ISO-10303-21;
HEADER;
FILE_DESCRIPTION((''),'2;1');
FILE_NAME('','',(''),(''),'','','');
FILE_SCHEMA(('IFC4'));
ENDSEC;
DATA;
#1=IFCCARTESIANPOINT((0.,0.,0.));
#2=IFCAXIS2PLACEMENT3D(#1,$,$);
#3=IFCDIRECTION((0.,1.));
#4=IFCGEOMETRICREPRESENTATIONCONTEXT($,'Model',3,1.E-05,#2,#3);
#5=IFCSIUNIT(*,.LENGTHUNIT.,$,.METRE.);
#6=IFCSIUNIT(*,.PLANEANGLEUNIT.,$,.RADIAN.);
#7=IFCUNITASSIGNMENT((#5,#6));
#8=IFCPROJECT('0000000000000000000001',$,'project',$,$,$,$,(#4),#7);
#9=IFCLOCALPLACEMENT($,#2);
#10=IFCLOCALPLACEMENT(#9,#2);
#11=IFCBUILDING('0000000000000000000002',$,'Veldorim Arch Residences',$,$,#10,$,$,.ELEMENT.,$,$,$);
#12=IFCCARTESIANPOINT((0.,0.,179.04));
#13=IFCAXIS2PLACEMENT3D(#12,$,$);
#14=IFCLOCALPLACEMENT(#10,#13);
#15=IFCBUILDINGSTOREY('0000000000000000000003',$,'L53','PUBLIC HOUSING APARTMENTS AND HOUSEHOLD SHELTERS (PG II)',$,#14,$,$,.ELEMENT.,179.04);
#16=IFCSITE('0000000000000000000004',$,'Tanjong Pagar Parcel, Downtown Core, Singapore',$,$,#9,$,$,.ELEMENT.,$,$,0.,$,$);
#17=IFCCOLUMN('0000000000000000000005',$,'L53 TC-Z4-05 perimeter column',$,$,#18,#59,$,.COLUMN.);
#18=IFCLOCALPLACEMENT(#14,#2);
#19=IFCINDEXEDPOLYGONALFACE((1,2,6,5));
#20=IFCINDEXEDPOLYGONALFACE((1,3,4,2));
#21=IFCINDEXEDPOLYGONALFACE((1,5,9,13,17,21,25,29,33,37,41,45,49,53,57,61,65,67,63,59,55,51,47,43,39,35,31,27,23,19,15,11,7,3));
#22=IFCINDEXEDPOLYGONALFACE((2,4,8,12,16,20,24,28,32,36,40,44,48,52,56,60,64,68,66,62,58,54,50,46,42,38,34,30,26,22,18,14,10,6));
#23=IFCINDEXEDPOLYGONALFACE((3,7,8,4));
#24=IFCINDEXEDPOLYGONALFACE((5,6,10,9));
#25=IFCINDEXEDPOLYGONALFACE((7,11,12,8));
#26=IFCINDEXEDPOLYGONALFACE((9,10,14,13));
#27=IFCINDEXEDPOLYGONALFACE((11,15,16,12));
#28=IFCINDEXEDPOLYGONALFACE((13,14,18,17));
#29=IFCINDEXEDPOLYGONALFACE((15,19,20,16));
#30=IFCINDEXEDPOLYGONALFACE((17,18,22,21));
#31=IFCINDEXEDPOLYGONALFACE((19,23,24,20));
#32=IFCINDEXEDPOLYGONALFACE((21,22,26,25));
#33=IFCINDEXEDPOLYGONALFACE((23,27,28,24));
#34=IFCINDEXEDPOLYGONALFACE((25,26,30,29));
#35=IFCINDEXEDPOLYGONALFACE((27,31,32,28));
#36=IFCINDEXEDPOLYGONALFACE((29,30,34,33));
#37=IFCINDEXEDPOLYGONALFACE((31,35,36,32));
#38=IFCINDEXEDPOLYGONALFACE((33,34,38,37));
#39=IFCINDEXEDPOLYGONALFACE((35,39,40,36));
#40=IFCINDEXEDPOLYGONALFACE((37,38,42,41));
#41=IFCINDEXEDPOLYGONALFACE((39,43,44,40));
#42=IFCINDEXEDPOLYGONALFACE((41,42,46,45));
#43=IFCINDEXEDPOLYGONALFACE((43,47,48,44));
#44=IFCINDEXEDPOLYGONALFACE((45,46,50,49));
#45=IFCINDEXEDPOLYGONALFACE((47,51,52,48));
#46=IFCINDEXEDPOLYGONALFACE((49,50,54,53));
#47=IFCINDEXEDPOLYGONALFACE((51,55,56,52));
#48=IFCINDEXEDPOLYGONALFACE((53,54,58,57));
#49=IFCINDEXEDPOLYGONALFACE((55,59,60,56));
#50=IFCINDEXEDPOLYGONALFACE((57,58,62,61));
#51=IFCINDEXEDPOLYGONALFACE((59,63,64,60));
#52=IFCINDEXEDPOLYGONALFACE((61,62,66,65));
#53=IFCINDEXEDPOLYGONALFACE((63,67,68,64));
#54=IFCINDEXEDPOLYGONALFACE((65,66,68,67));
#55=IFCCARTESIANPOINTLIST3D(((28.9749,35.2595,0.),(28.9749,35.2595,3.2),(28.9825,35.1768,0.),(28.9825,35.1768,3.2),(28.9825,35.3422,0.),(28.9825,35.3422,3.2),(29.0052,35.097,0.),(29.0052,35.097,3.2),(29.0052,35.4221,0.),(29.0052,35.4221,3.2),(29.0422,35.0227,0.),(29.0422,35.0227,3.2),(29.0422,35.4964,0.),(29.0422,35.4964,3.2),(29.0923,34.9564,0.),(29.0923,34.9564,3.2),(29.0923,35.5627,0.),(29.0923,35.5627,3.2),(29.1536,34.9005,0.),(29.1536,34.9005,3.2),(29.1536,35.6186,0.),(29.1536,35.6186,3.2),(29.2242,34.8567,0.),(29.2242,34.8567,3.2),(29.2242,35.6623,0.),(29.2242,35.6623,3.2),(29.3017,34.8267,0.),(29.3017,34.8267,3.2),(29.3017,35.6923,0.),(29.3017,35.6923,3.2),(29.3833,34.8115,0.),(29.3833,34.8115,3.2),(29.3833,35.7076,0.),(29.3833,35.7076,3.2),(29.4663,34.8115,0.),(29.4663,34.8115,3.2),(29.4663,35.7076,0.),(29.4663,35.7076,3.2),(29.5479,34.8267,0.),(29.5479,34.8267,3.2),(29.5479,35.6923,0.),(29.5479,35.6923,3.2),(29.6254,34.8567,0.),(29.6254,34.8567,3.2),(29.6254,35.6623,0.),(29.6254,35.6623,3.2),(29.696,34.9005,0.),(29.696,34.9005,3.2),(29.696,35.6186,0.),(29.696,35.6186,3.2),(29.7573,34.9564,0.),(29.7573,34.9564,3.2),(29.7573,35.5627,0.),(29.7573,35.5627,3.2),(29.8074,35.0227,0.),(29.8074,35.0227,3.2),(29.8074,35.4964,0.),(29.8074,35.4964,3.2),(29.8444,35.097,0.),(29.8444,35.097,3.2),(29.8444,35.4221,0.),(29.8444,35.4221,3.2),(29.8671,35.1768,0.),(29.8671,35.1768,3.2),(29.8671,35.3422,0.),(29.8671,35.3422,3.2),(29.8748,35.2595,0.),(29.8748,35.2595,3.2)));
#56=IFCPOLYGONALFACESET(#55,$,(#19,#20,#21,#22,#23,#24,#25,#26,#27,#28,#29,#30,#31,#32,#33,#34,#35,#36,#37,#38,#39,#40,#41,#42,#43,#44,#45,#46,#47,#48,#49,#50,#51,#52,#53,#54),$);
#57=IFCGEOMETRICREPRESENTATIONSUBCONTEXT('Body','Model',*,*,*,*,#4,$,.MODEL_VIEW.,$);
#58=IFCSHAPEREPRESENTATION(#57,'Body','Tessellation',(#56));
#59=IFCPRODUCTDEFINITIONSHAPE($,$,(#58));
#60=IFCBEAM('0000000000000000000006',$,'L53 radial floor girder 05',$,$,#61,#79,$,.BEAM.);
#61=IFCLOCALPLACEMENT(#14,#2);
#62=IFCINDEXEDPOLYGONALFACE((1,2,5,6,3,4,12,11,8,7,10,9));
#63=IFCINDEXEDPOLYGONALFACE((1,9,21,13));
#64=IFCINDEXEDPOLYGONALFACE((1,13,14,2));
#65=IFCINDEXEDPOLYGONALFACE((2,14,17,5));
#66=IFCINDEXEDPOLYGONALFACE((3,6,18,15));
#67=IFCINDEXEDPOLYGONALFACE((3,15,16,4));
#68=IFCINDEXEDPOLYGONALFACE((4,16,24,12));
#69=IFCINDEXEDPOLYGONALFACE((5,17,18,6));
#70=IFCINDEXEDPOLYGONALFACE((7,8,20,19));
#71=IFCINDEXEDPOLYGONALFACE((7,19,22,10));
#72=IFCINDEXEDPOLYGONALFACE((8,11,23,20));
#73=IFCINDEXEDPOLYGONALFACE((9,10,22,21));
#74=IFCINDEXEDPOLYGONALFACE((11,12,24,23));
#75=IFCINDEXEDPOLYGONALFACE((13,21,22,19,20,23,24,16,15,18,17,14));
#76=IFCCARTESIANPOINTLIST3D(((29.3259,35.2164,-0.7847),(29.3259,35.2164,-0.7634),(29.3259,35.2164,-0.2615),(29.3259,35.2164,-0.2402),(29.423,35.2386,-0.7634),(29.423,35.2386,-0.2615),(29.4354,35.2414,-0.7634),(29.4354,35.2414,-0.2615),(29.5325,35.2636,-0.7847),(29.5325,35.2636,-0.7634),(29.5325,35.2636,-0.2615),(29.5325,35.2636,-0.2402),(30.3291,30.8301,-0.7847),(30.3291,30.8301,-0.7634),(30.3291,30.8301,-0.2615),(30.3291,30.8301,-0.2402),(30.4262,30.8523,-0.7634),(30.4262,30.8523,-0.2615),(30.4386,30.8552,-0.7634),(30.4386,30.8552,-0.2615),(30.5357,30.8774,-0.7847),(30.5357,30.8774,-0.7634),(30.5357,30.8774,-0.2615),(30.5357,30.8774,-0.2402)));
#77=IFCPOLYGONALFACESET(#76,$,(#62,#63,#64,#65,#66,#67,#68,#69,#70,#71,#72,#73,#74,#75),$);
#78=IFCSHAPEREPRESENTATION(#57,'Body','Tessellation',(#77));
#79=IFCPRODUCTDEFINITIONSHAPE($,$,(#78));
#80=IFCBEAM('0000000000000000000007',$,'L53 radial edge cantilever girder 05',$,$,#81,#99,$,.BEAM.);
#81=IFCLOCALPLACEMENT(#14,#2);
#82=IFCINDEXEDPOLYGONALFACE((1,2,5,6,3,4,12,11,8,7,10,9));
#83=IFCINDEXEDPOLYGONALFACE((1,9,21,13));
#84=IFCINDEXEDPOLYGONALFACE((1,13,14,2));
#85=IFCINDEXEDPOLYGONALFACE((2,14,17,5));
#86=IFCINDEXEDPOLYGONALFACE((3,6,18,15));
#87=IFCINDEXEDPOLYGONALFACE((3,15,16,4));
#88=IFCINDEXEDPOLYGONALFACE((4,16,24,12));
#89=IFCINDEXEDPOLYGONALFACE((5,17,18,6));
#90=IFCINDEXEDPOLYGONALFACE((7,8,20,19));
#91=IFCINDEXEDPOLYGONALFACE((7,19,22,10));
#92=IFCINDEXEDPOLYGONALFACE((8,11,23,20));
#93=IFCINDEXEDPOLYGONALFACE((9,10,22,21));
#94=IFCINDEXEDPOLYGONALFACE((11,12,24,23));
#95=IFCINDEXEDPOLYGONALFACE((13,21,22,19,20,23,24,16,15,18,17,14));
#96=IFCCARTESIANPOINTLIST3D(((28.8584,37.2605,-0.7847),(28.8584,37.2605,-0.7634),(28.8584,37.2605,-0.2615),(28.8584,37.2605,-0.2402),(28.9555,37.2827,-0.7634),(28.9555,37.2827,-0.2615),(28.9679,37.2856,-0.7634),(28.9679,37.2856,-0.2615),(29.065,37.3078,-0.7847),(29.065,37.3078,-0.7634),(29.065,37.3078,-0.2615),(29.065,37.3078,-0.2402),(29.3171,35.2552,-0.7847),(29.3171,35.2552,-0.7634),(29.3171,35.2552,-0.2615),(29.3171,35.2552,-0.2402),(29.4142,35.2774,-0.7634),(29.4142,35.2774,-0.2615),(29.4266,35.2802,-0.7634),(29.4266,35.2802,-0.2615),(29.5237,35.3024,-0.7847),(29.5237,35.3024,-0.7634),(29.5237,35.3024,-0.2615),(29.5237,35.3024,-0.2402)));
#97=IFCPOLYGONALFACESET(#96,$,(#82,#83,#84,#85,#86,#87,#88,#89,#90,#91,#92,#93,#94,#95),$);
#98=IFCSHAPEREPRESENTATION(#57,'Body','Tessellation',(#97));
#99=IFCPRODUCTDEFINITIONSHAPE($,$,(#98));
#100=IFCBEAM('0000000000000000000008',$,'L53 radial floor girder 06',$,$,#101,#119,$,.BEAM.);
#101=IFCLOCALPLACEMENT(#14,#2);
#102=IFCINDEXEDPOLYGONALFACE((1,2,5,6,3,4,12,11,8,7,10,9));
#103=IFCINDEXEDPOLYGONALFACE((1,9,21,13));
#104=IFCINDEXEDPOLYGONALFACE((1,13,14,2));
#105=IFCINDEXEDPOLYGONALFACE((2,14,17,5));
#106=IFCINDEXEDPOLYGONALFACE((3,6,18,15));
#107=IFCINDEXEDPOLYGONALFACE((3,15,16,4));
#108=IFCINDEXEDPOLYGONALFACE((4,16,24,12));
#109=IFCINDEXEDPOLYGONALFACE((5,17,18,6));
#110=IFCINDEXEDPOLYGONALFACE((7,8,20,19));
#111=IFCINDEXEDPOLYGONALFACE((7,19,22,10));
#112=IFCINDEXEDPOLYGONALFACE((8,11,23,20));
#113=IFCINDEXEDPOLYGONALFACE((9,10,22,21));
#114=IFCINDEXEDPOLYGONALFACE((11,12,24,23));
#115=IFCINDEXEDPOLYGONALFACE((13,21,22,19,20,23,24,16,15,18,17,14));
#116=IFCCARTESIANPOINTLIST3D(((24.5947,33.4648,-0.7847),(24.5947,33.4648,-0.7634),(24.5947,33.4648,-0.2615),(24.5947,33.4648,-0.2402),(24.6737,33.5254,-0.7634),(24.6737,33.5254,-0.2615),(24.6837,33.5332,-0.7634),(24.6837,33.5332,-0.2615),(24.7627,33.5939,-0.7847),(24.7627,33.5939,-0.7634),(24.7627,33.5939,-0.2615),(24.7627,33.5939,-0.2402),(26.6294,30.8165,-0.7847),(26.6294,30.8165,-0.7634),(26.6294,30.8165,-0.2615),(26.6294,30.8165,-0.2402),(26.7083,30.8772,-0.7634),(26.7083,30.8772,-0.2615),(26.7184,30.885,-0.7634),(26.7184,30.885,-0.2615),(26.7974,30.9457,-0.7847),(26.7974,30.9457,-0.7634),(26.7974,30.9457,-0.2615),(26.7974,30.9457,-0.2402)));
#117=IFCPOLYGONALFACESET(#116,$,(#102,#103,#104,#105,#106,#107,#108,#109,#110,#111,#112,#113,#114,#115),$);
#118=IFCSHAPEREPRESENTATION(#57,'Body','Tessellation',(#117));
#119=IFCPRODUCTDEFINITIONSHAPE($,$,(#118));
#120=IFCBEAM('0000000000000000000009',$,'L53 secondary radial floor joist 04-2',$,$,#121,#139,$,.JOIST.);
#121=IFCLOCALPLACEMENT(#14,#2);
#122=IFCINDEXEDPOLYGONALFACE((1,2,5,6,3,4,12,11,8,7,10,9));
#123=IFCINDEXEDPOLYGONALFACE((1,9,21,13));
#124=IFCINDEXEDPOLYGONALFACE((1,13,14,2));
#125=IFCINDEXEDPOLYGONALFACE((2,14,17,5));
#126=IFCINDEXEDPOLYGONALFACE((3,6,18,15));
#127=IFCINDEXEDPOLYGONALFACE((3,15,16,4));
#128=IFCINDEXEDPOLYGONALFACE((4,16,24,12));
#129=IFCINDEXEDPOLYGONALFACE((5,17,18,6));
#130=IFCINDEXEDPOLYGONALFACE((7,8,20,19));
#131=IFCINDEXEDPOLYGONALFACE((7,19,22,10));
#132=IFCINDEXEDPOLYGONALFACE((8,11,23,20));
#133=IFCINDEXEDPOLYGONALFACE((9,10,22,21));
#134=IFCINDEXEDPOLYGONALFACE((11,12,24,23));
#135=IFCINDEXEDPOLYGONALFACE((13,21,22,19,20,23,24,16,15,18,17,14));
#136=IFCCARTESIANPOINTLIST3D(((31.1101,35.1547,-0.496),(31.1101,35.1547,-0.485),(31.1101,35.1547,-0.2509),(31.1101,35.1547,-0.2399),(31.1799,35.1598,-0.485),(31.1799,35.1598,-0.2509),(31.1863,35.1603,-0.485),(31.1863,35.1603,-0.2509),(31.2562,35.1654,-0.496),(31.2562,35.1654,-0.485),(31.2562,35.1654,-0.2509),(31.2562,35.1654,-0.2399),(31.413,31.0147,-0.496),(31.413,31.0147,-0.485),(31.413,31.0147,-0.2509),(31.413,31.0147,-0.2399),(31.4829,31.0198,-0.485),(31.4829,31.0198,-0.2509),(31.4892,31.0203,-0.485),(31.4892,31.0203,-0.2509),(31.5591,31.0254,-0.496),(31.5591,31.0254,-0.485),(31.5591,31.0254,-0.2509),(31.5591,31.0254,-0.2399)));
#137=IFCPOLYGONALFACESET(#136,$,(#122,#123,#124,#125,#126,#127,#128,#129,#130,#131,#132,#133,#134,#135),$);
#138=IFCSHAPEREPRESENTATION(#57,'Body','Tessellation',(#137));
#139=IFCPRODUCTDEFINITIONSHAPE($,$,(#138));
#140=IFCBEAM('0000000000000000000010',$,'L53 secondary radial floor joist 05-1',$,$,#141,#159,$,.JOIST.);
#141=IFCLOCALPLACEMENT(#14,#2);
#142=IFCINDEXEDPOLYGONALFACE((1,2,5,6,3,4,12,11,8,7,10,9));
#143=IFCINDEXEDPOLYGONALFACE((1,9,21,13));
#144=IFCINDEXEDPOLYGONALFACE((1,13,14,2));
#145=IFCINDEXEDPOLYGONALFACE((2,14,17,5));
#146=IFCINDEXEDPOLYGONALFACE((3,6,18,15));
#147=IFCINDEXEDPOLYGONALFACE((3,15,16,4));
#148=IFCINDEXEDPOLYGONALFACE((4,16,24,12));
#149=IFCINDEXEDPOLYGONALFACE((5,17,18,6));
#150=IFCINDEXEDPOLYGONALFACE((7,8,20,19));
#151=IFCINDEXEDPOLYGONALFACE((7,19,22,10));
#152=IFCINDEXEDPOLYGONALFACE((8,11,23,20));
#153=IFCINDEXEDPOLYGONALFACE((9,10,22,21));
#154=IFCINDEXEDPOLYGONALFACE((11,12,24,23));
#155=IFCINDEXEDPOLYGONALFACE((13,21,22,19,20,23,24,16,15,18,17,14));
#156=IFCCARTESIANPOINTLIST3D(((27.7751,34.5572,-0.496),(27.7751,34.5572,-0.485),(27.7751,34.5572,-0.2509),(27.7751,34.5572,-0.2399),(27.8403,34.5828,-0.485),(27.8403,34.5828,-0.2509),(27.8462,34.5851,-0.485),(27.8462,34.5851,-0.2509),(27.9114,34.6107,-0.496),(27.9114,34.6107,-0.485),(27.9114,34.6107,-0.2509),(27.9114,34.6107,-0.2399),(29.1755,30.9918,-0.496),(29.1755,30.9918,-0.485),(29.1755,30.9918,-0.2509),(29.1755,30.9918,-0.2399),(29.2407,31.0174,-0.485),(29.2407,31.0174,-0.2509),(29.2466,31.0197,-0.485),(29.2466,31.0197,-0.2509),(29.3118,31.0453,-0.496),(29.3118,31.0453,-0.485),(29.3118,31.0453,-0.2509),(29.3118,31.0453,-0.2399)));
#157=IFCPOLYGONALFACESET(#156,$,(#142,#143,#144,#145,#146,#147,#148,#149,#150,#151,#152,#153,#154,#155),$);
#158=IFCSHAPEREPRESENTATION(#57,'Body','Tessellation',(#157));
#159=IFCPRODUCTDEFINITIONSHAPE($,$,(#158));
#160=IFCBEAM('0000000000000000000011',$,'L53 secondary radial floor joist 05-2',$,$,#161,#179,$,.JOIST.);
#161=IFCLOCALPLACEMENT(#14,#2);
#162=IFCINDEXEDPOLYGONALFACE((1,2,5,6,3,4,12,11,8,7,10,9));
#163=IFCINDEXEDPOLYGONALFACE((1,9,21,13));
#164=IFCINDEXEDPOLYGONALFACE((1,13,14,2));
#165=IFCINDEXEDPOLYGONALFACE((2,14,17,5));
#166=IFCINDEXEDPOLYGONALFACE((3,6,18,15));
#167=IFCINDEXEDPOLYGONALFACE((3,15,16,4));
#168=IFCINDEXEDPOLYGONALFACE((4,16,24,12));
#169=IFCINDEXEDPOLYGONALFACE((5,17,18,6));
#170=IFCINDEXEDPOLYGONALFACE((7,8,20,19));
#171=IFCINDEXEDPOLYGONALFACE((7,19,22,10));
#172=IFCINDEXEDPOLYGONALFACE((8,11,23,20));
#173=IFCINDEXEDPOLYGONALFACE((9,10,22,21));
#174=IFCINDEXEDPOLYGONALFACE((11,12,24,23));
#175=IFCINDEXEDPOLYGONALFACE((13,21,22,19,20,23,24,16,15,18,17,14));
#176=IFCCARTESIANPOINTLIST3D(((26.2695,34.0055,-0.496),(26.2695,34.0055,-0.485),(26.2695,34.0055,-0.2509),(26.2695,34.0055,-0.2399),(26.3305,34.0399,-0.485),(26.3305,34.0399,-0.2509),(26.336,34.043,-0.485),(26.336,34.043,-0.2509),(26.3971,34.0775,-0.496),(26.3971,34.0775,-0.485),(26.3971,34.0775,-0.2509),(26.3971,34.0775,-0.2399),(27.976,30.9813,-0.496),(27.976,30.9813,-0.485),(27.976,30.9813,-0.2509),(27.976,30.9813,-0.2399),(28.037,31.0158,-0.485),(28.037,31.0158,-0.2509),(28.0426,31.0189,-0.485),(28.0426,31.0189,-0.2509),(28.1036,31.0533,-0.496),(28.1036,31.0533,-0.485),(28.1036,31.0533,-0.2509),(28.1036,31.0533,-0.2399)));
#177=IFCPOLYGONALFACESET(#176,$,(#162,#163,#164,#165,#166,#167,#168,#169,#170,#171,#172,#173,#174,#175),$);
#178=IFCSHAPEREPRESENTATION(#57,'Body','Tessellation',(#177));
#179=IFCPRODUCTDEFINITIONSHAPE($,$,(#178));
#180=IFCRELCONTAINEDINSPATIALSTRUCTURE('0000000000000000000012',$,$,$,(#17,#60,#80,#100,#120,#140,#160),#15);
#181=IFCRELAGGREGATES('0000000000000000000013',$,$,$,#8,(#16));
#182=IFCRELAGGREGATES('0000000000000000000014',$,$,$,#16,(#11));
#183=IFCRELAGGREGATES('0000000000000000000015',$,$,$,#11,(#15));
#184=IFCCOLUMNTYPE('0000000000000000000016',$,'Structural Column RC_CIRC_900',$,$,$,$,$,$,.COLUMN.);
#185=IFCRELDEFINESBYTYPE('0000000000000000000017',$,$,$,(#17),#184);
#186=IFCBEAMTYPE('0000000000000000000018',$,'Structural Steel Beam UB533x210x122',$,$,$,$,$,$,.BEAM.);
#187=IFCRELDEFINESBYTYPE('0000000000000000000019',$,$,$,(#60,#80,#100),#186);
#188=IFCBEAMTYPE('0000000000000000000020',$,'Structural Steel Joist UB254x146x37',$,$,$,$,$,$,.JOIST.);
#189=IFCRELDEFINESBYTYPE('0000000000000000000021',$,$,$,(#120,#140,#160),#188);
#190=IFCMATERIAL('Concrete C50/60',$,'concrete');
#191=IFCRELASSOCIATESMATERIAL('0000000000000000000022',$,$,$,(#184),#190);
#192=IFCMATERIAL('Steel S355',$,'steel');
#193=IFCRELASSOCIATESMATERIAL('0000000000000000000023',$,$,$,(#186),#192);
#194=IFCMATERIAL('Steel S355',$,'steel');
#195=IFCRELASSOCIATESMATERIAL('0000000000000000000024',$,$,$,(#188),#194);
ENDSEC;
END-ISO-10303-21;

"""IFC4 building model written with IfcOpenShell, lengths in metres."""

from ifc_helpers import new_model, si_unit, direction, frame, origin, origin_2d, place, context, subcontext, project, spatial, circle, i_section, extrude, material, material_profile, profile_set, type_object, element, save


model = new_model("IFC4")

# Units and contexts
model_context = context("Model", 3, precision=1e-05, world=origin(), true_north=direction((0.0, 1.0)))
body_context = subcontext(model_context, "Body", "Model", "MODEL_VIEW")
ifc_project = project(units=[si_unit("LENGTHUNIT", "METRE"), si_unit("PLANEANGLEUNIT", "RADIAN")], contexts=[model_context])

# Site, building, storey
site_placement = place(None, origin())
site = spatial("IfcSite", under=ifc_project, at=site_placement, Name="Tanjong Pagar Parcel, Downtown Core, Singapore", CompositionType="ELEMENT", RefElevation=0.0)
building_placement = place(site_placement, origin())
building = spatial("IfcBuilding", under=site, at=building_placement, Name="Veldorim Arch Residences", CompositionType="ELEMENT")
storey_placement = place(building_placement, frame((0.0, 0.0, 179.04)))
storey = spatial("IfcBuildingStorey", under=building, at=storey_placement, Name="L53", Description="PUBLIC HOUSING APARTMENTS AND HOUSEHOLD SHELTERS (PG II)", CompositionType="ELEMENT", Elevation=179.04)

# Column
ifc_material_1 = material(Name="Concrete C50/60", Category="concrete")
ifc_material_profile_1 = material_profile(ifc_material_1, circle(Radius=0.45, at=origin_2d()), Name="RC_CIRC_900")
ifc_profile_set_1 = profile_set([ifc_material_profile_1], Name="Concrete C50/60")
column_type = type_object("IfcColumnType", Name="Structural Column RC_CIRC_900", PredefinedType="COLUMN", material=ifc_profile_set_1)
column_placement = place(storey_placement, frame((29.4248, 35.2595, 0.0), z_axis=(0.0, 0.0, 1.0), x_axis=(1.0, 0.0, 0.0)))
element("IfcColumn", 1, at=column_placement, inside=storey, type_object=column_type, Name="L53 TC-Z4-05 perimeter column", PredefinedType="COLUMN", context=body_context, shape_type="SweptSolid", body=[
    extrude(circle(Radius=0.45, at=origin_2d()), origin(), (0.0, 0.0, 1.0), 3.2),
])

# Beams
ifc_material_2 = material(Name="Steel S355", Category="steel")
ifc_material_profile_2 = material_profile(ifc_material_2, i_section(OverallWidth=0.2119, OverallDepth=0.5444, WebThickness=0.0127, FlangeThickness=0.0212, at=origin_2d()), Name="UB533x210x122")
ifc_profile_set_2 = profile_set([ifc_material_profile_2], Name="Steel S355")
beam_type_1 = type_object("IfcBeamType", Name="Structural Steel Beam UB533x210x122", PredefinedType="BEAM", material=ifc_profile_set_2)
beam_1_placement = place(storey_placement, frame((30.4324, 30.8538, -0.5125), z_axis=(-0.222953, 0.974829, 0.0), x_axis=(-0.974829, -0.222953, 0.0)))
element("IfcBeam", 2, at=beam_1_placement, inside=storey, type_object=beam_type_1, Name="L53 radial floor girder 05", PredefinedType="BEAM", context=body_context, shape_type="SweptSolid", body=[
    extrude(i_section(OverallWidth=0.2119, OverallDepth=0.5444, WebThickness=0.0127, FlangeThickness=0.0212, at=origin_2d()), origin(), (0.0, 0.0, 1.0), 4.4995),
])
beam_2_placement = place(storey_placement, frame((29.4204, 35.2788, -0.5125), z_axis=(-0.222996, 0.974819, 0.0), x_axis=(-0.974819, -0.222996, 0.0)))
element("IfcBeam", 3, at=beam_2_placement, inside=storey, type_object=beam_type_1, Name="L53 radial edge cantilever girder 05", PredefinedType="BEAM", context=body_context, shape_type="SweptSolid", body=[
    extrude(i_section(OverallWidth=0.2119, OverallDepth=0.5444, WebThickness=0.0127, FlangeThickness=0.0212, at=origin_2d()), origin(), (0.0, 0.0, 1.0), 2.0571),
])
beam_3_placement = place(storey_placement, frame((26.7134, 30.8811, -0.5125), z_axis=(-0.609258, 0.792972, 0.0), x_axis=(-0.792972, -0.609258, 0.0)))
element("IfcBeam", 4, at=beam_3_placement, inside=storey, type_object=beam_type_1, Name="L53 radial floor girder 06", PredefinedType="BEAM", context=body_context, shape_type="SweptSolid", body=[
    extrude(i_section(OverallWidth=0.2119, OverallDepth=0.5444, WebThickness=0.0127, FlangeThickness=0.0212, at=origin_2d()), origin(), (0.0, 0.0, 1.0), 3.3396),
])
ifc_material_3 = material(Name="Steel S355", Category="steel")
ifc_material_profile_3 = material_profile(ifc_material_3, i_section(OverallWidth=0.1465, OverallDepth=0.2561, WebThickness=0.0063, FlangeThickness=0.011, at=origin_2d()), Name="UB254x146x37")
ifc_profile_set_3 = profile_set([ifc_material_profile_3], Name="Steel S355")
beam_type_2 = type_object("IfcBeamType", Name="Structural Steel Joist UB254x146x37", PredefinedType="JOIST", material=ifc_profile_set_3)
beam_4_placement = place(storey_placement, frame((31.4861, 31.02, -0.3679), z_axis=(-0.072986, 0.997333, 0.0), x_axis=(-0.997333, -0.072986, 0.0)))
element("IfcBeam", 5, at=beam_4_placement, inside=storey, type_object=beam_type_2, Name="L53 secondary radial floor joist 04-2", PredefinedType="JOIST", context=body_context, shape_type="SweptSolid", body=[
    extrude(i_section(OverallWidth=0.1465, OverallDepth=0.2561, WebThickness=0.0063, FlangeThickness=0.011, at=origin_2d()), origin(), (0.0, 0.0, 1.0), 4.1511),
])
beam_5_placement = place(storey_placement, frame((29.2437, 31.0186, -0.3679), z_axis=(-0.365581, 0.930779, 0.0), x_axis=(-0.930779, -0.365581, 0.0)))
element("IfcBeam", 6, at=beam_5_placement, inside=storey, type_object=beam_type_2, Name="L53 secondary radial floor joist 05-1", PredefinedType="JOIST", context=body_context, shape_type="SweptSolid", body=[
    extrude(i_section(OverallWidth=0.1465, OverallDepth=0.2561, WebThickness=0.0063, FlangeThickness=0.011, at=origin_2d()), origin(), (0.0, 0.0, 1.0), 3.8306),
])
beam_6_placement = place(storey_placement, frame((28.0398, 31.0173, -0.3679), z_axis=(-0.491452, 0.870904, 0.0), x_axis=(-0.870904, -0.491452, 0.0)))
element("IfcBeam", 7, at=beam_6_placement, inside=storey, type_object=beam_type_2, Name="L53 secondary radial floor joist 05-2", PredefinedType="JOIST", context=body_context, shape_type="SweptSolid", body=[
    extrude(i_section(OverallWidth=0.1465, OverallDepth=0.2561, WebThickness=0.0063, FlangeThickness=0.011, at=origin_2d()), origin(), (0.0, 0.0, 1.0), 3.4724),
])

save(model, "model.ifc")
